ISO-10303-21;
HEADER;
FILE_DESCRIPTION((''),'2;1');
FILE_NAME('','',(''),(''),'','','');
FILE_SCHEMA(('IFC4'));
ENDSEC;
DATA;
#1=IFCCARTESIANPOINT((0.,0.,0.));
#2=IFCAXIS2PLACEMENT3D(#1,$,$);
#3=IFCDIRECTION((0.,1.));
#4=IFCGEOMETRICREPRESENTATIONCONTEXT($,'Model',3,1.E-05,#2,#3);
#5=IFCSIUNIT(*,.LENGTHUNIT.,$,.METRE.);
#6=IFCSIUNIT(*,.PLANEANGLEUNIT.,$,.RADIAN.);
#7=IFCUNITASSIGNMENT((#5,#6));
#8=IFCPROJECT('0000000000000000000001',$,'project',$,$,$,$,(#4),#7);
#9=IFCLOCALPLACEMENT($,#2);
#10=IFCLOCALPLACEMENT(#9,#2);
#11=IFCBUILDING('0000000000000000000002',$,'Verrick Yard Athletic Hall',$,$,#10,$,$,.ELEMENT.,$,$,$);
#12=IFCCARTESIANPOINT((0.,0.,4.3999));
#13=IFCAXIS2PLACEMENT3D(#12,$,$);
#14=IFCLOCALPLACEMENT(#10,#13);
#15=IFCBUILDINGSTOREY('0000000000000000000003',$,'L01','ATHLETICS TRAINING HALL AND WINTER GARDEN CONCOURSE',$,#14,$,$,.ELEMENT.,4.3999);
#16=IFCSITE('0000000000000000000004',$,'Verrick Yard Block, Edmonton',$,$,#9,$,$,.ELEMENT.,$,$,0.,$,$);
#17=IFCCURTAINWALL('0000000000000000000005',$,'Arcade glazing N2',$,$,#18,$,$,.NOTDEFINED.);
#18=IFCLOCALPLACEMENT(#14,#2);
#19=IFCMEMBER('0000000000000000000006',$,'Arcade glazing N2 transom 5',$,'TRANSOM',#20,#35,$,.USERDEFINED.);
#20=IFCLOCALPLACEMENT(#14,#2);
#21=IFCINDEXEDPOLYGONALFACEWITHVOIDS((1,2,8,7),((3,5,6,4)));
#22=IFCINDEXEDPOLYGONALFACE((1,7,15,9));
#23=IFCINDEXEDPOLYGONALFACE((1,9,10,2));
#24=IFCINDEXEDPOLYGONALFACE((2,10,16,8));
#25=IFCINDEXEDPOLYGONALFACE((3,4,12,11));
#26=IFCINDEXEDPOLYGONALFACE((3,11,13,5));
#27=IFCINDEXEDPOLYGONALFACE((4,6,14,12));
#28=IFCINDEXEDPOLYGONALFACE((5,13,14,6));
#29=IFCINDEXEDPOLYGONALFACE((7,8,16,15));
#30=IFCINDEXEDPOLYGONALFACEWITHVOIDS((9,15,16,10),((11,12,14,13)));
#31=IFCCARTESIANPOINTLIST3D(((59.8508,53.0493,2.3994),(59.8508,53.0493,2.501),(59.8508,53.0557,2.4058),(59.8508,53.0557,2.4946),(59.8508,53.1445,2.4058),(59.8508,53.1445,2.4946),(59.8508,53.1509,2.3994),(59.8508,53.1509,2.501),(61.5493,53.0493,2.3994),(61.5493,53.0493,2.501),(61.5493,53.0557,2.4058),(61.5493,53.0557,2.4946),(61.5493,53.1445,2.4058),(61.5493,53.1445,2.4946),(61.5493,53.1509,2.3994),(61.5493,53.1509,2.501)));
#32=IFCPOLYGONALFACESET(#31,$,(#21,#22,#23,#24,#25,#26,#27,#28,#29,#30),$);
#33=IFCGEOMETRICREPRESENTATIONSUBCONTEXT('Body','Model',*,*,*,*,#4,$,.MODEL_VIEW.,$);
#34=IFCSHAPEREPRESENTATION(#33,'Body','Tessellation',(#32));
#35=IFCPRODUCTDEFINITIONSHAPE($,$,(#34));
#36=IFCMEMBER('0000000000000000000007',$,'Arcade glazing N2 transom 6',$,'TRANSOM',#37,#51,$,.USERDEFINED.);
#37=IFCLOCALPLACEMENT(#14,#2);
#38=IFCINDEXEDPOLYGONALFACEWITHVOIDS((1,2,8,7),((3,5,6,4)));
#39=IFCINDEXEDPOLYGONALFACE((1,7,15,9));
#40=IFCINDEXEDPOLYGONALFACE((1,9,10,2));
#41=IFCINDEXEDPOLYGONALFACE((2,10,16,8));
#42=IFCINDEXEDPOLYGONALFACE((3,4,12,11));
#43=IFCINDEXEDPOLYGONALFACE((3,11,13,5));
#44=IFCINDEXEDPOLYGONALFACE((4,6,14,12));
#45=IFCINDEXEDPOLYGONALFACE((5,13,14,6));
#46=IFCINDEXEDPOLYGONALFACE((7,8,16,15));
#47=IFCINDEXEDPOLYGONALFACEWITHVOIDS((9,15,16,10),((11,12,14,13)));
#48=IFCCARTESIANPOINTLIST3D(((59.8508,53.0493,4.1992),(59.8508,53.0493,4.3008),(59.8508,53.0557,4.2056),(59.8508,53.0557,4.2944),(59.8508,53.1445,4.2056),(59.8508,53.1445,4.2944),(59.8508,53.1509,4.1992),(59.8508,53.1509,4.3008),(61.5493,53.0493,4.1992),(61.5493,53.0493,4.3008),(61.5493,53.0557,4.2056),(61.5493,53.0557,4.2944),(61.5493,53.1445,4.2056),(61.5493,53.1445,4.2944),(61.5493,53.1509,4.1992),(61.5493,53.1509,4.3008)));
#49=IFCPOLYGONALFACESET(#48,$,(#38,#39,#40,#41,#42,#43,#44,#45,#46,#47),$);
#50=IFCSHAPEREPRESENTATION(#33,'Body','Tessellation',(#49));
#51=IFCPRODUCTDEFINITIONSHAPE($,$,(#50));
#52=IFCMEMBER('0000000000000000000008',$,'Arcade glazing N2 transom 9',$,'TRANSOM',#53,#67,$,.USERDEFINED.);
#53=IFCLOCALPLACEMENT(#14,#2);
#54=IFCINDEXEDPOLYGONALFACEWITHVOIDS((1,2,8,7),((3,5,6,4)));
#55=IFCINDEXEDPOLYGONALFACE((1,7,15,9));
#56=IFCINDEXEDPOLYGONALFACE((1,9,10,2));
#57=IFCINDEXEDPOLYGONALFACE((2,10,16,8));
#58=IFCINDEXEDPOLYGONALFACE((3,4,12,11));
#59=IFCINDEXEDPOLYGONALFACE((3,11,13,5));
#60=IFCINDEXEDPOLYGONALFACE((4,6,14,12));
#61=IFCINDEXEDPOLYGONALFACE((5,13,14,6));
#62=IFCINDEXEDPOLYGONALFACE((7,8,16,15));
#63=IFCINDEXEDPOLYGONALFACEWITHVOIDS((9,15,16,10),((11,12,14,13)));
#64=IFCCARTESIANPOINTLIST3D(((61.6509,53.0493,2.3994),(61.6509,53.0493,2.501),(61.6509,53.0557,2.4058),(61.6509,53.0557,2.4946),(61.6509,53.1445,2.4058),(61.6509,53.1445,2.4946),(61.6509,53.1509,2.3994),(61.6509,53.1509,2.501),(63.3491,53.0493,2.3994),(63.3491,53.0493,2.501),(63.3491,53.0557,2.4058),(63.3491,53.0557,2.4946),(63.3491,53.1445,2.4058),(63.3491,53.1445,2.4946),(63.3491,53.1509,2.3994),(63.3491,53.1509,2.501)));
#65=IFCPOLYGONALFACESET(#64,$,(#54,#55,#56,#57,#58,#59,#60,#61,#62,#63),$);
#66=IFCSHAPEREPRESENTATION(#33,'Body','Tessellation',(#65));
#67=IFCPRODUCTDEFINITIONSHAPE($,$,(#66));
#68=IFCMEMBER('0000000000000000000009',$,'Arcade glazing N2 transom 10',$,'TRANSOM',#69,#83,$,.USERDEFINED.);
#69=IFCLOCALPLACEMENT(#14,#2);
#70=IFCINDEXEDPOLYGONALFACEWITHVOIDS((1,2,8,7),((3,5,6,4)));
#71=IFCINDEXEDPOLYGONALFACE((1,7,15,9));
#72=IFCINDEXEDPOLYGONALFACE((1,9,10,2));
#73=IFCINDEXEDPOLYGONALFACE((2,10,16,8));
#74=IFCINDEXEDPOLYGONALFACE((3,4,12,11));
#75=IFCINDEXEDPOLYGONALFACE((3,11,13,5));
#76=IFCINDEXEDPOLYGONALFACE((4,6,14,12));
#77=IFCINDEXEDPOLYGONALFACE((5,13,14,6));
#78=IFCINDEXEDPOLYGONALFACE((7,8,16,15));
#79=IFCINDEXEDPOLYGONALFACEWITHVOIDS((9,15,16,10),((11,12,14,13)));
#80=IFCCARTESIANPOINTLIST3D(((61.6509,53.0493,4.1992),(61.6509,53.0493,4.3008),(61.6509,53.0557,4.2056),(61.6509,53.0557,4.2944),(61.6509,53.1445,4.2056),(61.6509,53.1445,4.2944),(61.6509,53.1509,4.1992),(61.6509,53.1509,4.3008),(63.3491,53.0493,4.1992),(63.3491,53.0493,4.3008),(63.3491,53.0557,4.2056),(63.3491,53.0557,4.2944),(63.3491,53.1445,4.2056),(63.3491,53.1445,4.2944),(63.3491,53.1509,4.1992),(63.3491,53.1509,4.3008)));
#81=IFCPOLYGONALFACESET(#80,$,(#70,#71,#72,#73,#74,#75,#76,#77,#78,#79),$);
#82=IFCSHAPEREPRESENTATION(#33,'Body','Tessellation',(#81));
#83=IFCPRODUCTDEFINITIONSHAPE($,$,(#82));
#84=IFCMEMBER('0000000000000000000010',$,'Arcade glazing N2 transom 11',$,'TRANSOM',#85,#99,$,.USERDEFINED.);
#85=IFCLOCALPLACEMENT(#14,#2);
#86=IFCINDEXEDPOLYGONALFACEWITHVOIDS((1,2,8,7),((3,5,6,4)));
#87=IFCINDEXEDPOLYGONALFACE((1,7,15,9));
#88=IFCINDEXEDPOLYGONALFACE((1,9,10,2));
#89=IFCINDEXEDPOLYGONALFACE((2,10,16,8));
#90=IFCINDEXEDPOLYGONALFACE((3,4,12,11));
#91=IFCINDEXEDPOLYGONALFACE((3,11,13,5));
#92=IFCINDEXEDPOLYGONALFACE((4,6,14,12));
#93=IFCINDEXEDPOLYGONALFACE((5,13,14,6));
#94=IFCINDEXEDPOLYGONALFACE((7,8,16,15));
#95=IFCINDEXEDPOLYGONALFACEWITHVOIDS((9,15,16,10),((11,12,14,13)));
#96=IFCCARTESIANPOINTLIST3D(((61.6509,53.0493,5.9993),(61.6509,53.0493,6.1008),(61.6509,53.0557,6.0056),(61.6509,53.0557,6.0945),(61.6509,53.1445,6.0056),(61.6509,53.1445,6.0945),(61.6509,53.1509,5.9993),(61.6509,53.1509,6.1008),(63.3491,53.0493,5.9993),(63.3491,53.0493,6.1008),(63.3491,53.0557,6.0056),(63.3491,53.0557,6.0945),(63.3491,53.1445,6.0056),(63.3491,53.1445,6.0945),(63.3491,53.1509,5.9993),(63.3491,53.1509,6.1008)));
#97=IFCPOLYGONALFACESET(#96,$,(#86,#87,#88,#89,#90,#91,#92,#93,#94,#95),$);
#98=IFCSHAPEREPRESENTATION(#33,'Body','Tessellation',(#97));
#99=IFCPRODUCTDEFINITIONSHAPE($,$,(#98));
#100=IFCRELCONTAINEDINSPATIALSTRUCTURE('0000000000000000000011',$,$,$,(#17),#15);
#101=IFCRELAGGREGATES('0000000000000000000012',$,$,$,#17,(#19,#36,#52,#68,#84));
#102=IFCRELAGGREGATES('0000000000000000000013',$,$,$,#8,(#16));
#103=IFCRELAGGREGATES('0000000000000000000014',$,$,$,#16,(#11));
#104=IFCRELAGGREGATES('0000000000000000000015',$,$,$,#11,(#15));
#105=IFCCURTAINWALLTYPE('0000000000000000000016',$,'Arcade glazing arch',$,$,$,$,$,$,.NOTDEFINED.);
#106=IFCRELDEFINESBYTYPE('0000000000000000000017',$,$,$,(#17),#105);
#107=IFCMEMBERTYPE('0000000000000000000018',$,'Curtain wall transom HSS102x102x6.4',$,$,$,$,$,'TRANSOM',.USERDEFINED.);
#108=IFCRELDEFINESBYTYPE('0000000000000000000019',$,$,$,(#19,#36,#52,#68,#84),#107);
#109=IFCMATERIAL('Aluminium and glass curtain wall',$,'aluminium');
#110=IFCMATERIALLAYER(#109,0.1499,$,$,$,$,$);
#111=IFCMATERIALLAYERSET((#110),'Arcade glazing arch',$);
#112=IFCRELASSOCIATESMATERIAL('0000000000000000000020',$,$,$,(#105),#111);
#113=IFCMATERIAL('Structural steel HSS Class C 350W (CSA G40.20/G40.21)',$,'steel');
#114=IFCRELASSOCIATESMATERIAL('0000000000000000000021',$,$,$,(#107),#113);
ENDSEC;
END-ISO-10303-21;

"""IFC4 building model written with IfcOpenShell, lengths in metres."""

from ifc_helpers import new_model, si_unit, direction, frame, origin, origin_2d, place, context, subcontext, project, spatial, hollow_rectangle, extrude, material, layer, layer_set, material_profile, profile_set, type_object, element, aggregate, save


model = new_model("IFC4")

# Units and contexts
model_context = context("Model", 3, precision=1e-05, world=origin(), true_north=direction((0.0, 1.0)))
body_context = subcontext(model_context, "Body", "Model", "MODEL_VIEW")
ifc_project = project(units=[si_unit("LENGTHUNIT", "METRE"), si_unit("PLANEANGLEUNIT", "RADIAN")], contexts=[model_context])

# Site, building, storey
site_placement = place(None, origin())
site = spatial("IfcSite", under=ifc_project, at=site_placement, Name="Verrick Yard Block, Edmonton", CompositionType="ELEMENT", RefElevation=0.0)
building_placement = place(site_placement, origin())
building = spatial("IfcBuilding", under=site, at=building_placement, Name="Verrick Yard Athletic Hall", CompositionType="ELEMENT")
storey_placement = place(building_placement, frame((0.0, 0.0, 4.3999)))
storey = spatial("IfcBuildingStorey", under=building, at=storey_placement, Name="L01", Description="ATHLETICS TRAINING HALL AND WINTER GARDEN CONCOURSE", CompositionType="ELEMENT", Elevation=4.3999)

# Curtain wall, members
ifc_material_1 = material(Name="Aluminium and glass curtain wall", Category="aluminium")
ifc_layer_1 = layer(ifc_material_1, 0.1499)
ifc_layer_set_1 = layer_set([ifc_layer_1], Name="Arcade glazing arch")
curtain_wall_type = type_object("IfcCurtainWallType", Name="Arcade glazing arch", PredefinedType="NOTDEFINED", material=ifc_layer_set_1)
curtain_wall_placement = place(storey_placement, origin())
curtain_wall = element("IfcCurtainWall", 1, at=curtain_wall_placement, inside=storey, type_object=curtain_wall_type, Name="Arcade glazing N2", PredefinedType="NOTDEFINED")
ifc_material_2 = material(Name="Structural steel HSS Class C 350W (CSA G40.20/G40.21)", Category="steel")
ifc_material_profile = material_profile(ifc_material_2, hollow_rectangle(XDim=0.1016, YDim=0.1016, WallThickness=0.0063, at=origin_2d()), Name="HSS102x102x6.4")
ifc_profile_set = profile_set([ifc_material_profile], Name="Structural steel HSS Class C 350W (CSA G40.20/G40.21)")
member_type = type_object("IfcMemberType", Name="Curtain wall transom HSS102x102x6.4", ElementType="TRANSOM", PredefinedType="USERDEFINED", material=ifc_profile_set)
member_1_placement = place(storey_placement, frame((59.8508, 53.1001, 2.4502), z_axis=(1.0, 0.0, 0.0), x_axis=(0.0, 1.0, 0.0)))
member_1 = element("IfcMember", 2, at=member_1_placement, type_object=member_type, Name="Arcade glazing N2 transom 5", ObjectType="TRANSOM", PredefinedType="USERDEFINED", context=body_context, shape_type="SweptSolid", body=[
    extrude(hollow_rectangle(XDim=0.1016, YDim=0.1016, WallThickness=0.0063, at=origin_2d()), origin(), (0.0, 0.0, 1.0), 1.6985),
])
member_2_placement = place(storey_placement, frame((59.8508, 53.1001, 4.25), z_axis=(1.0, 0.0, 0.0), x_axis=(0.0, 1.0, 0.0)))
member_2 = element("IfcMember", 3, at=member_2_placement, type_object=member_type, Name="Arcade glazing N2 transom 6", ObjectType="TRANSOM", PredefinedType="USERDEFINED", context=body_context, shape_type="SweptSolid", body=[
    extrude(hollow_rectangle(XDim=0.1016, YDim=0.1016, WallThickness=0.0063, at=origin_2d()), origin(), (0.0, 0.0, 1.0), 1.6985),
])
member_3_placement = place(storey_placement, frame((61.6509, 53.1001, 2.4502), z_axis=(1.0, 0.0, 0.0), x_axis=(0.0, 1.0, 0.0)))
member_3 = element("IfcMember", 4, at=member_3_placement, type_object=member_type, Name="Arcade glazing N2 transom 9", ObjectType="TRANSOM", PredefinedType="USERDEFINED", context=body_context, shape_type="SweptSolid", body=[
    extrude(hollow_rectangle(XDim=0.1016, YDim=0.1016, WallThickness=0.0063, at=origin_2d()), origin(), (0.0, 0.0, 1.0), 1.6982),
])
member_4_placement = place(storey_placement, frame((61.6509, 53.1001, 4.25), z_axis=(1.0, 0.0, 0.0), x_axis=(0.0, 1.0, 0.0)))
member_4 = element("IfcMember", 5, at=member_4_placement, type_object=member_type, Name="Arcade glazing N2 transom 10", ObjectType="TRANSOM", PredefinedType="USERDEFINED", context=body_context, shape_type="SweptSolid", body=[
    extrude(hollow_rectangle(XDim=0.1016, YDim=0.1016, WallThickness=0.0063, at=origin_2d()), origin(), (0.0, 0.0, 1.0), 1.6982),
])
member_5_placement = place(storey_placement, frame((61.6509, 53.1001, 6.05), z_axis=(1.0, 0.0, 0.0), x_axis=(0.0, 1.0, 0.0)))
member_5 = element("IfcMember", 6, at=member_5_placement, type_object=member_type, Name="Arcade glazing N2 transom 11", ObjectType="TRANSOM", PredefinedType="USERDEFINED", context=body_context, shape_type="SweptSolid", body=[
    extrude(hollow_rectangle(XDim=0.1016, YDim=0.1016, WallThickness=0.0063, at=origin_2d()), origin(), (0.0, 0.0, 1.0), 1.6982),
])
aggregate(curtain_wall, [member_1, member_2, member_3, member_4, member_5])

save(model, "model.ifc")
